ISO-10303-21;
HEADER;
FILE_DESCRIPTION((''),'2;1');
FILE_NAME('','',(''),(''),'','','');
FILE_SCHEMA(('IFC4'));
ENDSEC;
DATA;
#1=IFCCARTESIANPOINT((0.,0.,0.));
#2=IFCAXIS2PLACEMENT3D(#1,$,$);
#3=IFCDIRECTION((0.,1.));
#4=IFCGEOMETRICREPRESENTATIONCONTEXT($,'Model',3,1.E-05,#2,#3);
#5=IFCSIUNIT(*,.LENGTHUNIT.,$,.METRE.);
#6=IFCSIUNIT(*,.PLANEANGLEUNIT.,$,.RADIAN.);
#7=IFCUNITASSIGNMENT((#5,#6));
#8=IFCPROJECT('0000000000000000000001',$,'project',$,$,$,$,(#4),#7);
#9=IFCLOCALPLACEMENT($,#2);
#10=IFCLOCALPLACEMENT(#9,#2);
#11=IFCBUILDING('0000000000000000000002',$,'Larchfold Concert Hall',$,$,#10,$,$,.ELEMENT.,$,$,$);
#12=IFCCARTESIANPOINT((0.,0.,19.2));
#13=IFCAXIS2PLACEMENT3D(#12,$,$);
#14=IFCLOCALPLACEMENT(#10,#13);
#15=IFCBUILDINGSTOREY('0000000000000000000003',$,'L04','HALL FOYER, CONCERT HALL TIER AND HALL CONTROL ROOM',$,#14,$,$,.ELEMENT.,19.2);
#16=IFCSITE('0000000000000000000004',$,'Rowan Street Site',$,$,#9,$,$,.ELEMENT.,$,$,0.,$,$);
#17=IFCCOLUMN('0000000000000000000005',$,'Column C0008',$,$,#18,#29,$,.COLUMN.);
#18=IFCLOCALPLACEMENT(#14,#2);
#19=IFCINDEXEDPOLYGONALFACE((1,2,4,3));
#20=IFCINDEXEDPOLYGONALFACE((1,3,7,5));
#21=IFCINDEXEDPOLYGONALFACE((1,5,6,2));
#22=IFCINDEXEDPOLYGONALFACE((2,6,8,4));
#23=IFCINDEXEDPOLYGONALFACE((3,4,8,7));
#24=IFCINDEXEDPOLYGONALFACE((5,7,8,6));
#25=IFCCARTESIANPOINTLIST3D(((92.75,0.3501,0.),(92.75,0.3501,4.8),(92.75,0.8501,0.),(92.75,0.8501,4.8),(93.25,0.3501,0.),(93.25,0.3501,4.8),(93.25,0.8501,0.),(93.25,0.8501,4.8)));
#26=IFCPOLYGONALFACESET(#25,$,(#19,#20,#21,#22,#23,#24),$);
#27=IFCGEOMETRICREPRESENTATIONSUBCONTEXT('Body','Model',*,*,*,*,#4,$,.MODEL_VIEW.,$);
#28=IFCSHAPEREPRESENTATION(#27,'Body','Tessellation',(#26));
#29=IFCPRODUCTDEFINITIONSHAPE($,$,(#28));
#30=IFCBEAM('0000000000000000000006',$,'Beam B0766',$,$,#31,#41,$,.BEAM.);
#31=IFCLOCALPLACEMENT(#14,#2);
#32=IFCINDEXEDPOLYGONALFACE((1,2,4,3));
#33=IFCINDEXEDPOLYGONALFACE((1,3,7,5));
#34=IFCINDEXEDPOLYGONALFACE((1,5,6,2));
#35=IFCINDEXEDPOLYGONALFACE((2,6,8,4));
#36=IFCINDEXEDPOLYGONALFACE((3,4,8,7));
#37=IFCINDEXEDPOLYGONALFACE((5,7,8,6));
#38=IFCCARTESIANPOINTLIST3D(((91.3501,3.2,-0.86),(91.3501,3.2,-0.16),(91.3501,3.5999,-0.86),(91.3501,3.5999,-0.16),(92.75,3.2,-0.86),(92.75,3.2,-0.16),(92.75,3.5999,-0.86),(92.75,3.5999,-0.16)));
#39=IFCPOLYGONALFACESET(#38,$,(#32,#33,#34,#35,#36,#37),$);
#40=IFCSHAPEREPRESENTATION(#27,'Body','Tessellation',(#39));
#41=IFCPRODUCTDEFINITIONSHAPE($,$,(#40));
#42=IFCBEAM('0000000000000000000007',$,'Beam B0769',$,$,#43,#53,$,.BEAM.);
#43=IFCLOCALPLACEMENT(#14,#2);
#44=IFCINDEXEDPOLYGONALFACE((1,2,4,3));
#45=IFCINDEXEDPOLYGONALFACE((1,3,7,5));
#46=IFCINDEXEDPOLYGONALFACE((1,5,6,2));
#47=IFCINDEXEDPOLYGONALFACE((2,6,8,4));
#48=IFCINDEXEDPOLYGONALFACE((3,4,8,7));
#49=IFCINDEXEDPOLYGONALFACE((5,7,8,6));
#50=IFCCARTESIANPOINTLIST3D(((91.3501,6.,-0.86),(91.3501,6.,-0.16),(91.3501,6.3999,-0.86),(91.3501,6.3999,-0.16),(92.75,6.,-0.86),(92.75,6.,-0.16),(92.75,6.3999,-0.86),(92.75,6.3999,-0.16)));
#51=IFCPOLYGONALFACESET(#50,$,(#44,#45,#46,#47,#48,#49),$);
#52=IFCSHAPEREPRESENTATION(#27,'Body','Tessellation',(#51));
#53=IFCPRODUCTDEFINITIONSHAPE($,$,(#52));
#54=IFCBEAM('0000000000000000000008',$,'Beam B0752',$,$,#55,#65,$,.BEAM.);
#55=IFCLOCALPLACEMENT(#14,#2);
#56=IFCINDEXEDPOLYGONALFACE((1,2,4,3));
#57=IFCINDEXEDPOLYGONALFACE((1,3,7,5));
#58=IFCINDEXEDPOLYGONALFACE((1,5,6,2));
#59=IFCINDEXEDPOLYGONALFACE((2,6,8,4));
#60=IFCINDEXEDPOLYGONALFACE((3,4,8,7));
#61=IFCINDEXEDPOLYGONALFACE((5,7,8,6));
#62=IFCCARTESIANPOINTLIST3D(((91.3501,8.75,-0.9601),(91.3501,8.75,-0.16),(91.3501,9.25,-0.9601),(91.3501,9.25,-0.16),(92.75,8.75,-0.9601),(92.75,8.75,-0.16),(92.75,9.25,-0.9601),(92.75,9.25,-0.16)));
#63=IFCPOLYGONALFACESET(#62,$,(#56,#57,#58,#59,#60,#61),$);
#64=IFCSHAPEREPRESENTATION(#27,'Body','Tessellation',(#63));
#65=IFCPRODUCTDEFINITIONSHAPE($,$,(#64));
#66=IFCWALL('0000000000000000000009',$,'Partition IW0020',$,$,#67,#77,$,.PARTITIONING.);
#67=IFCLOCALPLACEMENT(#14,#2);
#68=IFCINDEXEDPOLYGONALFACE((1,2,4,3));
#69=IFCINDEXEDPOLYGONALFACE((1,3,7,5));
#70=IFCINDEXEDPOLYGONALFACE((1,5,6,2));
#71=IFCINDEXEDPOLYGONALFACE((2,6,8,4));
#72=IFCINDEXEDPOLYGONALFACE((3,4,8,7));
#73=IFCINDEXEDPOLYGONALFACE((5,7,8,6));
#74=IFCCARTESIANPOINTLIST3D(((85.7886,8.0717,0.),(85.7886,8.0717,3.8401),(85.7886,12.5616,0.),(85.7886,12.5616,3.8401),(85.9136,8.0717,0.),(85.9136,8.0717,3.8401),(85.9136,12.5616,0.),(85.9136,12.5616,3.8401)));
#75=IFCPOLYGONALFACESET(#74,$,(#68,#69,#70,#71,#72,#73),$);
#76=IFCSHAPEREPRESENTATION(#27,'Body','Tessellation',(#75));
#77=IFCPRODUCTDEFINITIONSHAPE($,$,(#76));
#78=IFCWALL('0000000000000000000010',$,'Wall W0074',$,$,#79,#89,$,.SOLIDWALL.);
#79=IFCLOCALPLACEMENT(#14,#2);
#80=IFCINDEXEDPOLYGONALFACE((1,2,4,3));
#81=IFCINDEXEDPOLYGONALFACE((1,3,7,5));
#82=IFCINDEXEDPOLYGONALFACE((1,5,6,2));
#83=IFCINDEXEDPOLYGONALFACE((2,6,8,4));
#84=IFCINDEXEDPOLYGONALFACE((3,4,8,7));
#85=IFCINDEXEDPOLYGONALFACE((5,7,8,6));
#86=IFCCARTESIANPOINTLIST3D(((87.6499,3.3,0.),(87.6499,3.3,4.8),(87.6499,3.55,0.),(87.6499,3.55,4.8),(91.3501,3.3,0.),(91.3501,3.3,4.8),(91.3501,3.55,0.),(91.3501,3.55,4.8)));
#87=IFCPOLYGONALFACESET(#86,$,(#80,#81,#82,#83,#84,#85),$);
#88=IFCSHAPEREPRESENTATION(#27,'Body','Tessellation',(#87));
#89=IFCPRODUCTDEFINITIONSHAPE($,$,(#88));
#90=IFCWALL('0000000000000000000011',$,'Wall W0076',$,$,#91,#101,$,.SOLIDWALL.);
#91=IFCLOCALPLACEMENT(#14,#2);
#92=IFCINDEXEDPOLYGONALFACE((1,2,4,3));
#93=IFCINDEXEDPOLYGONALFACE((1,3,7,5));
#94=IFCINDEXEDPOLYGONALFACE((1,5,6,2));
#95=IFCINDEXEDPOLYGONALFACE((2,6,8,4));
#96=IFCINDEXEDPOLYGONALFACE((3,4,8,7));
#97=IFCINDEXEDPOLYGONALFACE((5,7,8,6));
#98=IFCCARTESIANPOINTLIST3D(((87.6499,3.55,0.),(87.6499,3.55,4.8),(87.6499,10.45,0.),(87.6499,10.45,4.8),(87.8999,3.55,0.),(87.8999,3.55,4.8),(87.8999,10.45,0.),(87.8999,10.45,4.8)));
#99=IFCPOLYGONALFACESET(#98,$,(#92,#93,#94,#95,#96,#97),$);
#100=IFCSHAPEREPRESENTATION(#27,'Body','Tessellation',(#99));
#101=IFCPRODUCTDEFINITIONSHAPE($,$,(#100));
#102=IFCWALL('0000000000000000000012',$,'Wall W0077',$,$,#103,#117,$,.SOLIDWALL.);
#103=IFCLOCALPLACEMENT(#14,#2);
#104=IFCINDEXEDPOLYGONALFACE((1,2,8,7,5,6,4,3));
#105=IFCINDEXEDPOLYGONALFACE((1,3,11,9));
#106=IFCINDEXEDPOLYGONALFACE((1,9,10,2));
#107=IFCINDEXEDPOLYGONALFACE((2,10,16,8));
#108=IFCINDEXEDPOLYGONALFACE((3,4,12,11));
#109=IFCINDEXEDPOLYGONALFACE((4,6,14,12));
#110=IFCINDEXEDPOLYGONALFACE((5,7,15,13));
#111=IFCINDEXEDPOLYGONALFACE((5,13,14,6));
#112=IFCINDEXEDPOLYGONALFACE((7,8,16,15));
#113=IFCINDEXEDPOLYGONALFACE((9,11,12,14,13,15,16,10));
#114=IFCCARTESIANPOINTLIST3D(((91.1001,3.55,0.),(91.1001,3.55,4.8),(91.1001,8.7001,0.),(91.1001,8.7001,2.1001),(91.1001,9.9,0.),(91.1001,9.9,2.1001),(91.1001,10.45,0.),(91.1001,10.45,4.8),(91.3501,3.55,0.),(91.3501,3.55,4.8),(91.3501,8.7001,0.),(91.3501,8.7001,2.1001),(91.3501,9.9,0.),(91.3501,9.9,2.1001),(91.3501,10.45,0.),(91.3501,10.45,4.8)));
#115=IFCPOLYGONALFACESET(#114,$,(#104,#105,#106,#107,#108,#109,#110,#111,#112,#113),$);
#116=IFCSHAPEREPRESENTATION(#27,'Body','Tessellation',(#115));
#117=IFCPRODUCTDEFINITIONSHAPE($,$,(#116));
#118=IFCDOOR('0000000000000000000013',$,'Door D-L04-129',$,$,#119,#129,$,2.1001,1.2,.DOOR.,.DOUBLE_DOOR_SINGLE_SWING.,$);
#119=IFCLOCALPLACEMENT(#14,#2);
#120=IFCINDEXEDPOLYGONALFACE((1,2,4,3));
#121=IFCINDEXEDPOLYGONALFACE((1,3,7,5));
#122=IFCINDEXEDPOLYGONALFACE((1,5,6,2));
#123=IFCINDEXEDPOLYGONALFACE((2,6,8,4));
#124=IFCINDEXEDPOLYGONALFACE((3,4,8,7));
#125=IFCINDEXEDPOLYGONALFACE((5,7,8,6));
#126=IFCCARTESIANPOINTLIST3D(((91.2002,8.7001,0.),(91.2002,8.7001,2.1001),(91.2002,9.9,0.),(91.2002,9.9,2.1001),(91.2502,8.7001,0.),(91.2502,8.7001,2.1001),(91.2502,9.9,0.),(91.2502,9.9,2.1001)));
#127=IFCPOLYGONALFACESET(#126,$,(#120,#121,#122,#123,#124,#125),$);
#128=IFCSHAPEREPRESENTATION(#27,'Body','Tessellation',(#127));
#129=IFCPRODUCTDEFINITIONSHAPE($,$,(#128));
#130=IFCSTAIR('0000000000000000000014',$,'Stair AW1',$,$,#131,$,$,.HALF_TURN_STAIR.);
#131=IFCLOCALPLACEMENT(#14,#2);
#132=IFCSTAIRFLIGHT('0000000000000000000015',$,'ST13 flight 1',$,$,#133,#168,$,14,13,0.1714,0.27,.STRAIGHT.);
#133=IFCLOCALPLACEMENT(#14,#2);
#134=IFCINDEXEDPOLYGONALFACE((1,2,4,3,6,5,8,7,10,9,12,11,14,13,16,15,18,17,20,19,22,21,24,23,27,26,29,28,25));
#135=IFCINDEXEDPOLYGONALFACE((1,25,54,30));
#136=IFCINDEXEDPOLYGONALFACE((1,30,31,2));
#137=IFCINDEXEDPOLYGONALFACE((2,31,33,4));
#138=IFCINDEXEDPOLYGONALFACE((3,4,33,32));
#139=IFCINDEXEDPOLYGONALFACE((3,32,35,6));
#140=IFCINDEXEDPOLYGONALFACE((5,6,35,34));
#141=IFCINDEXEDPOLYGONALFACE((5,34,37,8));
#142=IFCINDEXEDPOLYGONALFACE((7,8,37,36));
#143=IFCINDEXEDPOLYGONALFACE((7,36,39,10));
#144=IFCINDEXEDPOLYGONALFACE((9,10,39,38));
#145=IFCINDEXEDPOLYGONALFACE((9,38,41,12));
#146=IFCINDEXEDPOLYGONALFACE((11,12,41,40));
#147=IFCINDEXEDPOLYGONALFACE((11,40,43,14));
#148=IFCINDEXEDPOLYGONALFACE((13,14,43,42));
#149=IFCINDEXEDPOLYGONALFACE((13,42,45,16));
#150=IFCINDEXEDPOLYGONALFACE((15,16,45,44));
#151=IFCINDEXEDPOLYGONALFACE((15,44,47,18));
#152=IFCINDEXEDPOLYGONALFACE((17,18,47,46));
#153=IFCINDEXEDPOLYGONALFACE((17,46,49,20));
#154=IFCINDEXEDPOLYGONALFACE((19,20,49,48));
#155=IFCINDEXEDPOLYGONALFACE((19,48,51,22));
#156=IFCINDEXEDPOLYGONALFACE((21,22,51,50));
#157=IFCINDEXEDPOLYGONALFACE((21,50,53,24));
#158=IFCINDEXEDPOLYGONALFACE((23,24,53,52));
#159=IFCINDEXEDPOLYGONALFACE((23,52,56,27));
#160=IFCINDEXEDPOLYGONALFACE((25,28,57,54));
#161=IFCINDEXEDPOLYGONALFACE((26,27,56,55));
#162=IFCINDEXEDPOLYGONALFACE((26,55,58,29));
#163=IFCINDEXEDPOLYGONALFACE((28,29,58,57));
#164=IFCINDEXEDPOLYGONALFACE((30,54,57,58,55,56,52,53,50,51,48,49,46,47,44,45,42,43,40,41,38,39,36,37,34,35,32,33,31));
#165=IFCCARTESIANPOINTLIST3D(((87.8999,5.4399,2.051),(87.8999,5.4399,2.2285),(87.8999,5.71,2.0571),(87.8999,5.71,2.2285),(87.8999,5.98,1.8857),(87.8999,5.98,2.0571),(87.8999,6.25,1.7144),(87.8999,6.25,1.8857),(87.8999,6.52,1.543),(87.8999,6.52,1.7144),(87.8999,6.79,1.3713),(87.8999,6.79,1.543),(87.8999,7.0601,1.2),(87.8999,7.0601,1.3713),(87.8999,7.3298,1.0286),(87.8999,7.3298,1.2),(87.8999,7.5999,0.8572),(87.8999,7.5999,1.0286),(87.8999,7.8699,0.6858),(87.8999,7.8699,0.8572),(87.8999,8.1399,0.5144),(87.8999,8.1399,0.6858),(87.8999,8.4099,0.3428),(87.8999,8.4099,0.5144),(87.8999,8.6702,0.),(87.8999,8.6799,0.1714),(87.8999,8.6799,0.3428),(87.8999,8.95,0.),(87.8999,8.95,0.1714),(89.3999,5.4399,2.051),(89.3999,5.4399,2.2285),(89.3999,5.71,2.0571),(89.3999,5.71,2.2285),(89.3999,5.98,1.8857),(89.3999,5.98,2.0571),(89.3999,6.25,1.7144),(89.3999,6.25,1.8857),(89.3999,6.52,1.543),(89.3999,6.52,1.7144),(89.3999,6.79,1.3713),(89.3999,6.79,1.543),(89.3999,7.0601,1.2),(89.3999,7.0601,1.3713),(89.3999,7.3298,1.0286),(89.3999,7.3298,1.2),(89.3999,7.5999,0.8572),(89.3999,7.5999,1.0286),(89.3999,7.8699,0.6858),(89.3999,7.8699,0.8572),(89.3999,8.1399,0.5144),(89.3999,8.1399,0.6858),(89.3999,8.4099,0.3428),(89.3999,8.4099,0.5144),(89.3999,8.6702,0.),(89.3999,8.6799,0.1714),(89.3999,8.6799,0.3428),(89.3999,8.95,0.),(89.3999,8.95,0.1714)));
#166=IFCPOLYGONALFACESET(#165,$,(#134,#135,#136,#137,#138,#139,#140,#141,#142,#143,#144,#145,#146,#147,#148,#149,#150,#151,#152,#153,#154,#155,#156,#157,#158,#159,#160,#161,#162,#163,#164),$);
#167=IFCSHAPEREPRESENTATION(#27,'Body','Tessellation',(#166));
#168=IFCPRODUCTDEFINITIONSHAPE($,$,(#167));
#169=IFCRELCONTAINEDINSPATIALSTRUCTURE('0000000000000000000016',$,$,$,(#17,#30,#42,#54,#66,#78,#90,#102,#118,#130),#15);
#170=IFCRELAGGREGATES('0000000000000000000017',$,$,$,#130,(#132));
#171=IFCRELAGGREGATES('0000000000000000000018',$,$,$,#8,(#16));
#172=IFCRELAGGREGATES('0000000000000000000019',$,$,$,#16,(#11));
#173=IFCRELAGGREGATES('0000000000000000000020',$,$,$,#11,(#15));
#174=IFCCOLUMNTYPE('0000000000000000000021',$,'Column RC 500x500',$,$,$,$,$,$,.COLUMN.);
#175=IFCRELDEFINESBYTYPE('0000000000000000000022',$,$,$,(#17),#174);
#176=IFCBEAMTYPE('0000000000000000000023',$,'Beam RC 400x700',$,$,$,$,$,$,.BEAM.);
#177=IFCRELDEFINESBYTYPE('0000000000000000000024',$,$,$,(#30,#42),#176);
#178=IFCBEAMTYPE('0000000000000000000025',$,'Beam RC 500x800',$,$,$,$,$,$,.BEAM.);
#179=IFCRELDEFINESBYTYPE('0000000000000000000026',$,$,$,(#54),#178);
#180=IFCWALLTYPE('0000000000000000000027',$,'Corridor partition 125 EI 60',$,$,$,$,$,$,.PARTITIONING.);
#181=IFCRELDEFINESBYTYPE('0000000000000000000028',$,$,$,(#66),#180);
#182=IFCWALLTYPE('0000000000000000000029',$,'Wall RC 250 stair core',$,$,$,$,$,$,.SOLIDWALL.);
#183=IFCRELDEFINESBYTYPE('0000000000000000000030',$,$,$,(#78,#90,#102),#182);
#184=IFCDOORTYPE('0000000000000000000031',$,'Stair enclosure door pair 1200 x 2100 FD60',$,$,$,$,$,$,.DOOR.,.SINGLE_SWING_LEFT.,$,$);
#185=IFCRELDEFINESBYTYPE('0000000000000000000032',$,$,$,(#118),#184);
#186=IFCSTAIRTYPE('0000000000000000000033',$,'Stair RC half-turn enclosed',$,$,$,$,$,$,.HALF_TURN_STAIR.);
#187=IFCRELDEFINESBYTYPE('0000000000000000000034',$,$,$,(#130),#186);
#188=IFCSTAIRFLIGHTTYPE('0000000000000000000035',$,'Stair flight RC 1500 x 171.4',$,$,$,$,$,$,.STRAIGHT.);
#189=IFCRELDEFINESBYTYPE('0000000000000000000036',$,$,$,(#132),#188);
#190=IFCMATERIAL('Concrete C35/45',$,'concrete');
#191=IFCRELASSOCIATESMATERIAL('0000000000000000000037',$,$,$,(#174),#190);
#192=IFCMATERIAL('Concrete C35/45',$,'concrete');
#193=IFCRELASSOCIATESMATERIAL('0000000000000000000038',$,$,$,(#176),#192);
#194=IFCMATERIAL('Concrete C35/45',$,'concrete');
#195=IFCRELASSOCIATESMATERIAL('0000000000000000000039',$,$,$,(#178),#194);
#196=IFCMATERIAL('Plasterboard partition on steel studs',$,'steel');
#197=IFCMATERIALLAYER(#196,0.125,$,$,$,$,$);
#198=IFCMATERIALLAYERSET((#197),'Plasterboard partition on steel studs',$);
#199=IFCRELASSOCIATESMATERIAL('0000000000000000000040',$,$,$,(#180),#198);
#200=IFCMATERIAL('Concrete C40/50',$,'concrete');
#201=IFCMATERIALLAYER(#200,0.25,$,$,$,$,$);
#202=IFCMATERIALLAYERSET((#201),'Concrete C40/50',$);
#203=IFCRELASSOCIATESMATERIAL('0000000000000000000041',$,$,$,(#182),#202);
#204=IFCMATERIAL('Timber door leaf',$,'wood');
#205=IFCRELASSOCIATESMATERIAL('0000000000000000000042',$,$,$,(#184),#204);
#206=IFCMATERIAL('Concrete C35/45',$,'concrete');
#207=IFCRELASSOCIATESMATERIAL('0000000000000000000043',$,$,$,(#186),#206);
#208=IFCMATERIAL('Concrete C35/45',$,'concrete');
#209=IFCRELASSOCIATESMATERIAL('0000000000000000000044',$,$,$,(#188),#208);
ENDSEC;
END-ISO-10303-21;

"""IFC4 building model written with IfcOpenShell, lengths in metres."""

from ifc_helpers import new_model, si_unit, direction, frame, frame_2d, origin, origin_2d, place, context, subcontext, project, spatial, polyline, rectangle, outline, extrude, material, layer, layer_set, material_profile, profile_set, type_object, element, fill, aggregate, save


model = new_model("IFC4")

# Units and contexts
model_context = context("Model", 3, precision=1e-05, world=origin(), true_north=direction((0.0, 1.0)))
body_context = subcontext(model_context, "Body", "Model", "MODEL_VIEW")
ifc_project = project(units=[si_unit("LENGTHUNIT", "METRE"), si_unit("PLANEANGLEUNIT", "RADIAN")], contexts=[model_context])

# Site, building, storey
site_placement = place(None, origin())
site = spatial("IfcSite", under=ifc_project, at=site_placement, Name="Rowan Street Site", CompositionType="ELEMENT", RefElevation=0.0)
building_placement = place(site_placement, origin())
building = spatial("IfcBuilding", under=site, at=building_placement, Name="Larchfold Concert Hall", CompositionType="ELEMENT")
storey_placement = place(building_placement, frame((0.0, 0.0, 19.2)))
storey = spatial("IfcBuildingStorey", under=building, at=storey_placement, Name="L04", Description="HALL FOYER, CONCERT HALL TIER AND HALL CONTROL ROOM", CompositionType="ELEMENT", Elevation=19.2)

# Column
ifc_material_1 = material(Name="Concrete C35/45", Category="concrete")
ifc_material_profile_1 = material_profile(ifc_material_1, rectangle(XDim=0.5, YDim=0.5, at=origin_2d()))
ifc_profile_set_1 = profile_set([ifc_material_profile_1], Name="Concrete C35/45")
column_type = type_object("IfcColumnType", Name="Column RC 500x500", PredefinedType="COLUMN", material=ifc_profile_set_1)
column_placement = place(storey_placement, frame((93.0, 0.6001, 0.0), z_axis=(0.0, 0.0, 1.0), x_axis=(1.0, 0.0, 0.0)))
element("IfcColumn", 1, at=column_placement, inside=storey, type_object=column_type, Name="Column C0008", PredefinedType="COLUMN", context=body_context, shape_type="SweptSolid", body=[
    extrude(rectangle(XDim=0.5, YDim=0.5, at=origin_2d()), origin(), (0.0, 0.0, 1.0), 4.8),
])

# Beams
ifc_material_2 = material(Name="Concrete C35/45", Category="concrete")
ifc_material_profile_2 = material_profile(ifc_material_2, rectangle(XDim=0.3999, YDim=0.7, at=origin_2d()))
ifc_profile_set_2 = profile_set([ifc_material_profile_2], Name="Concrete C35/45")
beam_type_1 = type_object("IfcBeamType", Name="Beam RC 400x700", PredefinedType="BEAM", material=ifc_profile_set_2)
for number, where, z_axis, x_axis, name in (
    (2, (91.3501, 3.3999, -0.51), (1.0, 0.0, 0.0), (0.0, 1.0, 0.0), "Beam B0766"),
    (3, (91.3501, 6.2, -0.51), (1.0, 0.0, 0.0), (0.0, 1.0, 0.0), "Beam B0769"),
):
    element("IfcBeam", number, at=place(storey_placement, frame(where, z_axis=z_axis, x_axis=x_axis)), inside=storey, type_object=beam_type_1, Name=name, PredefinedType="BEAM", context=body_context, shape_type="SweptSolid", body=[
        extrude(rectangle(XDim=0.3999, YDim=0.7, at=origin_2d()), origin(), (0.0, 0.0, 1.0), 1.3999),
    ])
ifc_material_3 = material(Name="Concrete C35/45", Category="concrete")
ifc_material_profile_3 = material_profile(ifc_material_3, rectangle(XDim=0.5, YDim=0.8, at=origin_2d()))
ifc_profile_set_3 = profile_set([ifc_material_profile_3], Name="Concrete C35/45")
beam_type_2 = type_object("IfcBeamType", Name="Beam RC 500x800", PredefinedType="BEAM", material=ifc_profile_set_3)
beam_placement = place(storey_placement, frame((91.3501, 9.0, -0.5601), z_axis=(1.0, 0.0, 0.0), x_axis=(0.0, 1.0, 0.0)))
element("IfcBeam", 4, at=beam_placement, inside=storey, type_object=beam_type_2, Name="Beam B0752", PredefinedType="BEAM", context=body_context, shape_type="SweptSolid", body=[
    extrude(rectangle(XDim=0.5, YDim=0.8, at=origin_2d()), origin(), (0.0, 0.0, 1.0), 1.3999),
])

# Walls
ifc_material_4 = material(Name="Plasterboard partition on steel studs", Category="steel")
ifc_layer_1 = layer(ifc_material_4, 0.125)
ifc_layer_set_1 = layer_set([ifc_layer_1], Name="Plasterboard partition on steel studs")
wall_type_1 = type_object("IfcWallType", Name="Corridor partition 125 EI 60", PredefinedType="PARTITIONING", material=ifc_layer_set_1)
wall_1_placement = place(storey_placement, frame((85.8511, 8.0715, 0.0), z_axis=(0.0, 0.0, 1.0), x_axis=(0.0, 1.0, 0.0)))
element("IfcWall", 5, at=wall_1_placement, inside=storey, type_object=wall_type_1, Name="Partition IW0020", PredefinedType="PARTITIONING", context=body_context, shape_type="SweptSolid", body=[
    extrude(rectangle(XDim=4.49, YDim=0.125, at=frame_2d((2.2451, 0.0))), origin(), (0.0, 0.0, 1.0), 3.8401),
])
ifc_material_5 = material(Name="Concrete C40/50", Category="concrete")
ifc_layer_2 = layer(ifc_material_5, 0.25)
ifc_layer_set_2 = layer_set([ifc_layer_2], Name="Concrete C40/50")
wall_type_2 = type_object("IfcWallType", Name="Wall RC 250 stair core", PredefinedType="SOLIDWALL", material=ifc_layer_set_2)
wall_2_placement = place(storey_placement, frame((87.6499, 3.425, 0.0), z_axis=(0.0, 0.0, 1.0), x_axis=(1.0, 0.0, 0.0)))
element("IfcWall", 6, at=wall_2_placement, inside=storey, type_object=wall_type_2, Name="Wall W0074", PredefinedType="SOLIDWALL", context=body_context, shape_type="SweptSolid", body=[
    extrude(rectangle(XDim=3.7002, YDim=0.25, at=frame_2d((1.8501, 0.0))), origin(), (0.0, 0.0, 1.0), 4.8),
])
wall_3_placement = place(storey_placement, frame((87.7749, 3.55, 0.0), z_axis=(0.0, 0.0, 1.0), x_axis=(0.0, 1.0, 0.0)))
element("IfcWall", 7, at=wall_3_placement, inside=storey, type_object=wall_type_2, Name="Wall W0076", PredefinedType="SOLIDWALL", context=body_context, shape_type="SweptSolid", body=[
    extrude(rectangle(XDim=6.8999, YDim=0.25, at=frame_2d((3.45, 0.0))), origin(), (0.0, 0.0, 1.0), 4.8),
])

# Wall, opening, door
wall_4_placement = place(storey_placement, frame((91.2251, 3.55, 0.0), z_axis=(0.0, 0.0, 1.0), x_axis=(0.0, 1.0, 0.0)))
wall_4 = element("IfcWall", 8, at=wall_4_placement, inside=storey, type_object=wall_type_2, Name="Wall W0077", PredefinedType="SOLIDWALL", context=body_context, shape_type="SweptSolid", body=[
    extrude(rectangle(XDim=6.8999, YDim=0.25, at=frame_2d((3.45, 0.0))), origin(), (0.0, 0.0, 1.0), 4.8),
])
opening_placement = place(wall_4_placement, frame((5.1499, 0.0, 0.0)))
opening = element("IfcOpeningElement", 9, at=opening_placement, cuts=wall_4, PredefinedType="OPENING", context=body_context, shape_type="SweptSolid", body=[
    extrude(rectangle(XDim=1.2, YDim=2.1001, at=frame_2d((0.6001, 1.05))), frame((0.0, 0.135, 0.0), z_axis=(0.0, -1.0, 0.0), x_axis=(1.0, 0.0, 0.0)), (0.0, 0.0, 1.0), 0.27),
])
ifc_material_6 = material(Name="Timber door leaf", Category="wood")
door_type = type_object("IfcDoorType", Name="Stair enclosure door pair 1200 x 2100 FD60", OperationType="SINGLE_SWING_LEFT", PredefinedType="DOOR", material=ifc_material_6)
door_placement = place(opening_placement, origin())
door = element("IfcDoor", 10, at=door_placement, inside=storey, type_object=door_type, Name="Door D-L04-129", OperationType="DOUBLE_DOOR_SINGLE_SWING", OverallHeight=2.1001, OverallWidth=1.2, PredefinedType="DOOR", context=body_context, shape_type="SweptSolid", body=[
    extrude(rectangle(XDim=1.2, YDim=2.1001, at=frame_2d((0.6001, 1.05))), frame((0.0, 0.0249, 0.0), z_axis=(0.0, -1.0, 0.0), x_axis=(1.0, 0.0, 0.0)), (0.0, 0.0, 1.0), 0.05),
])
fill(opening, door)

# Stair, stair flight
ifc_material_7 = material(Name="Concrete C35/45", Category="concrete")
stair_type = type_object("IfcStairType", Name="Stair RC half-turn enclosed", PredefinedType="HALF_TURN_STAIR", material=ifc_material_7)
stair_placement = place(storey_placement, origin())
stair = element("IfcStair", 11, at=stair_placement, inside=storey, type_object=stair_type, Name="Stair AW1", PredefinedType="HALF_TURN_STAIR")
ifc_material_8 = material(Name="Concrete C35/45", Category="concrete")
stair_flight_type = type_object("IfcStairFlightType", Name="Stair flight RC 1500 x 171.4", PredefinedType="STRAIGHT", material=ifc_material_8)
stair_flight_1_placement = place(storey_placement, frame((88.6499, 8.95, 0.0), z_axis=(0.0, 0.0, 1.0), x_axis=(0.0, -1.0, 0.0)))
stair_flight_1 = element("IfcStairFlight", 12, at=stair_flight_1_placement, type_object=stair_flight_type, Name="ST13 flight 1", NumberOfRisers=14, NumberOfTreads=13, PredefinedType="STRAIGHT", RiserHeight=0.1714, TreadLength=0.27, context=body_context, shape_type="SweptSolid", body=[
    extrude(outline(polyline([(0.0, 0.0), (0.0, 0.1714), (0.27, 0.1714), (0.27, 0.3428), (0.54, 0.3428), (0.54, 0.5144), (0.8101, 0.5144), (0.8101, 0.6858), (1.0801, 0.6858), (1.0801, 0.8572), (1.3501, 0.8572), (1.3501, 1.0286), (1.6201, 1.0286), (1.6201, 1.2), (1.8899, 1.2), (1.8899, 1.3713), (2.1599, 1.3713), (2.1599, 1.543), (2.4299, 1.543), (2.4299, 1.7144), (2.7, 1.7144), (2.7, 1.8857), (2.97, 1.8857), (2.97, 2.0571), (3.24, 2.0571), (3.24, 2.2285), (3.51, 2.2285), (3.51, 2.3999), (3.51, 2.051), (0.2798, 0.0), (0.0, 0.0)])), frame((0.0, 0.75, 0.0), z_axis=(0.0, -1.0, 0.0), x_axis=(1.0, 0.0, 0.0)), (0.0, 0.0, 1.0), 1.5),
])
aggregate(stair, [stair_flight_1])

save(model, "model.ifc")
